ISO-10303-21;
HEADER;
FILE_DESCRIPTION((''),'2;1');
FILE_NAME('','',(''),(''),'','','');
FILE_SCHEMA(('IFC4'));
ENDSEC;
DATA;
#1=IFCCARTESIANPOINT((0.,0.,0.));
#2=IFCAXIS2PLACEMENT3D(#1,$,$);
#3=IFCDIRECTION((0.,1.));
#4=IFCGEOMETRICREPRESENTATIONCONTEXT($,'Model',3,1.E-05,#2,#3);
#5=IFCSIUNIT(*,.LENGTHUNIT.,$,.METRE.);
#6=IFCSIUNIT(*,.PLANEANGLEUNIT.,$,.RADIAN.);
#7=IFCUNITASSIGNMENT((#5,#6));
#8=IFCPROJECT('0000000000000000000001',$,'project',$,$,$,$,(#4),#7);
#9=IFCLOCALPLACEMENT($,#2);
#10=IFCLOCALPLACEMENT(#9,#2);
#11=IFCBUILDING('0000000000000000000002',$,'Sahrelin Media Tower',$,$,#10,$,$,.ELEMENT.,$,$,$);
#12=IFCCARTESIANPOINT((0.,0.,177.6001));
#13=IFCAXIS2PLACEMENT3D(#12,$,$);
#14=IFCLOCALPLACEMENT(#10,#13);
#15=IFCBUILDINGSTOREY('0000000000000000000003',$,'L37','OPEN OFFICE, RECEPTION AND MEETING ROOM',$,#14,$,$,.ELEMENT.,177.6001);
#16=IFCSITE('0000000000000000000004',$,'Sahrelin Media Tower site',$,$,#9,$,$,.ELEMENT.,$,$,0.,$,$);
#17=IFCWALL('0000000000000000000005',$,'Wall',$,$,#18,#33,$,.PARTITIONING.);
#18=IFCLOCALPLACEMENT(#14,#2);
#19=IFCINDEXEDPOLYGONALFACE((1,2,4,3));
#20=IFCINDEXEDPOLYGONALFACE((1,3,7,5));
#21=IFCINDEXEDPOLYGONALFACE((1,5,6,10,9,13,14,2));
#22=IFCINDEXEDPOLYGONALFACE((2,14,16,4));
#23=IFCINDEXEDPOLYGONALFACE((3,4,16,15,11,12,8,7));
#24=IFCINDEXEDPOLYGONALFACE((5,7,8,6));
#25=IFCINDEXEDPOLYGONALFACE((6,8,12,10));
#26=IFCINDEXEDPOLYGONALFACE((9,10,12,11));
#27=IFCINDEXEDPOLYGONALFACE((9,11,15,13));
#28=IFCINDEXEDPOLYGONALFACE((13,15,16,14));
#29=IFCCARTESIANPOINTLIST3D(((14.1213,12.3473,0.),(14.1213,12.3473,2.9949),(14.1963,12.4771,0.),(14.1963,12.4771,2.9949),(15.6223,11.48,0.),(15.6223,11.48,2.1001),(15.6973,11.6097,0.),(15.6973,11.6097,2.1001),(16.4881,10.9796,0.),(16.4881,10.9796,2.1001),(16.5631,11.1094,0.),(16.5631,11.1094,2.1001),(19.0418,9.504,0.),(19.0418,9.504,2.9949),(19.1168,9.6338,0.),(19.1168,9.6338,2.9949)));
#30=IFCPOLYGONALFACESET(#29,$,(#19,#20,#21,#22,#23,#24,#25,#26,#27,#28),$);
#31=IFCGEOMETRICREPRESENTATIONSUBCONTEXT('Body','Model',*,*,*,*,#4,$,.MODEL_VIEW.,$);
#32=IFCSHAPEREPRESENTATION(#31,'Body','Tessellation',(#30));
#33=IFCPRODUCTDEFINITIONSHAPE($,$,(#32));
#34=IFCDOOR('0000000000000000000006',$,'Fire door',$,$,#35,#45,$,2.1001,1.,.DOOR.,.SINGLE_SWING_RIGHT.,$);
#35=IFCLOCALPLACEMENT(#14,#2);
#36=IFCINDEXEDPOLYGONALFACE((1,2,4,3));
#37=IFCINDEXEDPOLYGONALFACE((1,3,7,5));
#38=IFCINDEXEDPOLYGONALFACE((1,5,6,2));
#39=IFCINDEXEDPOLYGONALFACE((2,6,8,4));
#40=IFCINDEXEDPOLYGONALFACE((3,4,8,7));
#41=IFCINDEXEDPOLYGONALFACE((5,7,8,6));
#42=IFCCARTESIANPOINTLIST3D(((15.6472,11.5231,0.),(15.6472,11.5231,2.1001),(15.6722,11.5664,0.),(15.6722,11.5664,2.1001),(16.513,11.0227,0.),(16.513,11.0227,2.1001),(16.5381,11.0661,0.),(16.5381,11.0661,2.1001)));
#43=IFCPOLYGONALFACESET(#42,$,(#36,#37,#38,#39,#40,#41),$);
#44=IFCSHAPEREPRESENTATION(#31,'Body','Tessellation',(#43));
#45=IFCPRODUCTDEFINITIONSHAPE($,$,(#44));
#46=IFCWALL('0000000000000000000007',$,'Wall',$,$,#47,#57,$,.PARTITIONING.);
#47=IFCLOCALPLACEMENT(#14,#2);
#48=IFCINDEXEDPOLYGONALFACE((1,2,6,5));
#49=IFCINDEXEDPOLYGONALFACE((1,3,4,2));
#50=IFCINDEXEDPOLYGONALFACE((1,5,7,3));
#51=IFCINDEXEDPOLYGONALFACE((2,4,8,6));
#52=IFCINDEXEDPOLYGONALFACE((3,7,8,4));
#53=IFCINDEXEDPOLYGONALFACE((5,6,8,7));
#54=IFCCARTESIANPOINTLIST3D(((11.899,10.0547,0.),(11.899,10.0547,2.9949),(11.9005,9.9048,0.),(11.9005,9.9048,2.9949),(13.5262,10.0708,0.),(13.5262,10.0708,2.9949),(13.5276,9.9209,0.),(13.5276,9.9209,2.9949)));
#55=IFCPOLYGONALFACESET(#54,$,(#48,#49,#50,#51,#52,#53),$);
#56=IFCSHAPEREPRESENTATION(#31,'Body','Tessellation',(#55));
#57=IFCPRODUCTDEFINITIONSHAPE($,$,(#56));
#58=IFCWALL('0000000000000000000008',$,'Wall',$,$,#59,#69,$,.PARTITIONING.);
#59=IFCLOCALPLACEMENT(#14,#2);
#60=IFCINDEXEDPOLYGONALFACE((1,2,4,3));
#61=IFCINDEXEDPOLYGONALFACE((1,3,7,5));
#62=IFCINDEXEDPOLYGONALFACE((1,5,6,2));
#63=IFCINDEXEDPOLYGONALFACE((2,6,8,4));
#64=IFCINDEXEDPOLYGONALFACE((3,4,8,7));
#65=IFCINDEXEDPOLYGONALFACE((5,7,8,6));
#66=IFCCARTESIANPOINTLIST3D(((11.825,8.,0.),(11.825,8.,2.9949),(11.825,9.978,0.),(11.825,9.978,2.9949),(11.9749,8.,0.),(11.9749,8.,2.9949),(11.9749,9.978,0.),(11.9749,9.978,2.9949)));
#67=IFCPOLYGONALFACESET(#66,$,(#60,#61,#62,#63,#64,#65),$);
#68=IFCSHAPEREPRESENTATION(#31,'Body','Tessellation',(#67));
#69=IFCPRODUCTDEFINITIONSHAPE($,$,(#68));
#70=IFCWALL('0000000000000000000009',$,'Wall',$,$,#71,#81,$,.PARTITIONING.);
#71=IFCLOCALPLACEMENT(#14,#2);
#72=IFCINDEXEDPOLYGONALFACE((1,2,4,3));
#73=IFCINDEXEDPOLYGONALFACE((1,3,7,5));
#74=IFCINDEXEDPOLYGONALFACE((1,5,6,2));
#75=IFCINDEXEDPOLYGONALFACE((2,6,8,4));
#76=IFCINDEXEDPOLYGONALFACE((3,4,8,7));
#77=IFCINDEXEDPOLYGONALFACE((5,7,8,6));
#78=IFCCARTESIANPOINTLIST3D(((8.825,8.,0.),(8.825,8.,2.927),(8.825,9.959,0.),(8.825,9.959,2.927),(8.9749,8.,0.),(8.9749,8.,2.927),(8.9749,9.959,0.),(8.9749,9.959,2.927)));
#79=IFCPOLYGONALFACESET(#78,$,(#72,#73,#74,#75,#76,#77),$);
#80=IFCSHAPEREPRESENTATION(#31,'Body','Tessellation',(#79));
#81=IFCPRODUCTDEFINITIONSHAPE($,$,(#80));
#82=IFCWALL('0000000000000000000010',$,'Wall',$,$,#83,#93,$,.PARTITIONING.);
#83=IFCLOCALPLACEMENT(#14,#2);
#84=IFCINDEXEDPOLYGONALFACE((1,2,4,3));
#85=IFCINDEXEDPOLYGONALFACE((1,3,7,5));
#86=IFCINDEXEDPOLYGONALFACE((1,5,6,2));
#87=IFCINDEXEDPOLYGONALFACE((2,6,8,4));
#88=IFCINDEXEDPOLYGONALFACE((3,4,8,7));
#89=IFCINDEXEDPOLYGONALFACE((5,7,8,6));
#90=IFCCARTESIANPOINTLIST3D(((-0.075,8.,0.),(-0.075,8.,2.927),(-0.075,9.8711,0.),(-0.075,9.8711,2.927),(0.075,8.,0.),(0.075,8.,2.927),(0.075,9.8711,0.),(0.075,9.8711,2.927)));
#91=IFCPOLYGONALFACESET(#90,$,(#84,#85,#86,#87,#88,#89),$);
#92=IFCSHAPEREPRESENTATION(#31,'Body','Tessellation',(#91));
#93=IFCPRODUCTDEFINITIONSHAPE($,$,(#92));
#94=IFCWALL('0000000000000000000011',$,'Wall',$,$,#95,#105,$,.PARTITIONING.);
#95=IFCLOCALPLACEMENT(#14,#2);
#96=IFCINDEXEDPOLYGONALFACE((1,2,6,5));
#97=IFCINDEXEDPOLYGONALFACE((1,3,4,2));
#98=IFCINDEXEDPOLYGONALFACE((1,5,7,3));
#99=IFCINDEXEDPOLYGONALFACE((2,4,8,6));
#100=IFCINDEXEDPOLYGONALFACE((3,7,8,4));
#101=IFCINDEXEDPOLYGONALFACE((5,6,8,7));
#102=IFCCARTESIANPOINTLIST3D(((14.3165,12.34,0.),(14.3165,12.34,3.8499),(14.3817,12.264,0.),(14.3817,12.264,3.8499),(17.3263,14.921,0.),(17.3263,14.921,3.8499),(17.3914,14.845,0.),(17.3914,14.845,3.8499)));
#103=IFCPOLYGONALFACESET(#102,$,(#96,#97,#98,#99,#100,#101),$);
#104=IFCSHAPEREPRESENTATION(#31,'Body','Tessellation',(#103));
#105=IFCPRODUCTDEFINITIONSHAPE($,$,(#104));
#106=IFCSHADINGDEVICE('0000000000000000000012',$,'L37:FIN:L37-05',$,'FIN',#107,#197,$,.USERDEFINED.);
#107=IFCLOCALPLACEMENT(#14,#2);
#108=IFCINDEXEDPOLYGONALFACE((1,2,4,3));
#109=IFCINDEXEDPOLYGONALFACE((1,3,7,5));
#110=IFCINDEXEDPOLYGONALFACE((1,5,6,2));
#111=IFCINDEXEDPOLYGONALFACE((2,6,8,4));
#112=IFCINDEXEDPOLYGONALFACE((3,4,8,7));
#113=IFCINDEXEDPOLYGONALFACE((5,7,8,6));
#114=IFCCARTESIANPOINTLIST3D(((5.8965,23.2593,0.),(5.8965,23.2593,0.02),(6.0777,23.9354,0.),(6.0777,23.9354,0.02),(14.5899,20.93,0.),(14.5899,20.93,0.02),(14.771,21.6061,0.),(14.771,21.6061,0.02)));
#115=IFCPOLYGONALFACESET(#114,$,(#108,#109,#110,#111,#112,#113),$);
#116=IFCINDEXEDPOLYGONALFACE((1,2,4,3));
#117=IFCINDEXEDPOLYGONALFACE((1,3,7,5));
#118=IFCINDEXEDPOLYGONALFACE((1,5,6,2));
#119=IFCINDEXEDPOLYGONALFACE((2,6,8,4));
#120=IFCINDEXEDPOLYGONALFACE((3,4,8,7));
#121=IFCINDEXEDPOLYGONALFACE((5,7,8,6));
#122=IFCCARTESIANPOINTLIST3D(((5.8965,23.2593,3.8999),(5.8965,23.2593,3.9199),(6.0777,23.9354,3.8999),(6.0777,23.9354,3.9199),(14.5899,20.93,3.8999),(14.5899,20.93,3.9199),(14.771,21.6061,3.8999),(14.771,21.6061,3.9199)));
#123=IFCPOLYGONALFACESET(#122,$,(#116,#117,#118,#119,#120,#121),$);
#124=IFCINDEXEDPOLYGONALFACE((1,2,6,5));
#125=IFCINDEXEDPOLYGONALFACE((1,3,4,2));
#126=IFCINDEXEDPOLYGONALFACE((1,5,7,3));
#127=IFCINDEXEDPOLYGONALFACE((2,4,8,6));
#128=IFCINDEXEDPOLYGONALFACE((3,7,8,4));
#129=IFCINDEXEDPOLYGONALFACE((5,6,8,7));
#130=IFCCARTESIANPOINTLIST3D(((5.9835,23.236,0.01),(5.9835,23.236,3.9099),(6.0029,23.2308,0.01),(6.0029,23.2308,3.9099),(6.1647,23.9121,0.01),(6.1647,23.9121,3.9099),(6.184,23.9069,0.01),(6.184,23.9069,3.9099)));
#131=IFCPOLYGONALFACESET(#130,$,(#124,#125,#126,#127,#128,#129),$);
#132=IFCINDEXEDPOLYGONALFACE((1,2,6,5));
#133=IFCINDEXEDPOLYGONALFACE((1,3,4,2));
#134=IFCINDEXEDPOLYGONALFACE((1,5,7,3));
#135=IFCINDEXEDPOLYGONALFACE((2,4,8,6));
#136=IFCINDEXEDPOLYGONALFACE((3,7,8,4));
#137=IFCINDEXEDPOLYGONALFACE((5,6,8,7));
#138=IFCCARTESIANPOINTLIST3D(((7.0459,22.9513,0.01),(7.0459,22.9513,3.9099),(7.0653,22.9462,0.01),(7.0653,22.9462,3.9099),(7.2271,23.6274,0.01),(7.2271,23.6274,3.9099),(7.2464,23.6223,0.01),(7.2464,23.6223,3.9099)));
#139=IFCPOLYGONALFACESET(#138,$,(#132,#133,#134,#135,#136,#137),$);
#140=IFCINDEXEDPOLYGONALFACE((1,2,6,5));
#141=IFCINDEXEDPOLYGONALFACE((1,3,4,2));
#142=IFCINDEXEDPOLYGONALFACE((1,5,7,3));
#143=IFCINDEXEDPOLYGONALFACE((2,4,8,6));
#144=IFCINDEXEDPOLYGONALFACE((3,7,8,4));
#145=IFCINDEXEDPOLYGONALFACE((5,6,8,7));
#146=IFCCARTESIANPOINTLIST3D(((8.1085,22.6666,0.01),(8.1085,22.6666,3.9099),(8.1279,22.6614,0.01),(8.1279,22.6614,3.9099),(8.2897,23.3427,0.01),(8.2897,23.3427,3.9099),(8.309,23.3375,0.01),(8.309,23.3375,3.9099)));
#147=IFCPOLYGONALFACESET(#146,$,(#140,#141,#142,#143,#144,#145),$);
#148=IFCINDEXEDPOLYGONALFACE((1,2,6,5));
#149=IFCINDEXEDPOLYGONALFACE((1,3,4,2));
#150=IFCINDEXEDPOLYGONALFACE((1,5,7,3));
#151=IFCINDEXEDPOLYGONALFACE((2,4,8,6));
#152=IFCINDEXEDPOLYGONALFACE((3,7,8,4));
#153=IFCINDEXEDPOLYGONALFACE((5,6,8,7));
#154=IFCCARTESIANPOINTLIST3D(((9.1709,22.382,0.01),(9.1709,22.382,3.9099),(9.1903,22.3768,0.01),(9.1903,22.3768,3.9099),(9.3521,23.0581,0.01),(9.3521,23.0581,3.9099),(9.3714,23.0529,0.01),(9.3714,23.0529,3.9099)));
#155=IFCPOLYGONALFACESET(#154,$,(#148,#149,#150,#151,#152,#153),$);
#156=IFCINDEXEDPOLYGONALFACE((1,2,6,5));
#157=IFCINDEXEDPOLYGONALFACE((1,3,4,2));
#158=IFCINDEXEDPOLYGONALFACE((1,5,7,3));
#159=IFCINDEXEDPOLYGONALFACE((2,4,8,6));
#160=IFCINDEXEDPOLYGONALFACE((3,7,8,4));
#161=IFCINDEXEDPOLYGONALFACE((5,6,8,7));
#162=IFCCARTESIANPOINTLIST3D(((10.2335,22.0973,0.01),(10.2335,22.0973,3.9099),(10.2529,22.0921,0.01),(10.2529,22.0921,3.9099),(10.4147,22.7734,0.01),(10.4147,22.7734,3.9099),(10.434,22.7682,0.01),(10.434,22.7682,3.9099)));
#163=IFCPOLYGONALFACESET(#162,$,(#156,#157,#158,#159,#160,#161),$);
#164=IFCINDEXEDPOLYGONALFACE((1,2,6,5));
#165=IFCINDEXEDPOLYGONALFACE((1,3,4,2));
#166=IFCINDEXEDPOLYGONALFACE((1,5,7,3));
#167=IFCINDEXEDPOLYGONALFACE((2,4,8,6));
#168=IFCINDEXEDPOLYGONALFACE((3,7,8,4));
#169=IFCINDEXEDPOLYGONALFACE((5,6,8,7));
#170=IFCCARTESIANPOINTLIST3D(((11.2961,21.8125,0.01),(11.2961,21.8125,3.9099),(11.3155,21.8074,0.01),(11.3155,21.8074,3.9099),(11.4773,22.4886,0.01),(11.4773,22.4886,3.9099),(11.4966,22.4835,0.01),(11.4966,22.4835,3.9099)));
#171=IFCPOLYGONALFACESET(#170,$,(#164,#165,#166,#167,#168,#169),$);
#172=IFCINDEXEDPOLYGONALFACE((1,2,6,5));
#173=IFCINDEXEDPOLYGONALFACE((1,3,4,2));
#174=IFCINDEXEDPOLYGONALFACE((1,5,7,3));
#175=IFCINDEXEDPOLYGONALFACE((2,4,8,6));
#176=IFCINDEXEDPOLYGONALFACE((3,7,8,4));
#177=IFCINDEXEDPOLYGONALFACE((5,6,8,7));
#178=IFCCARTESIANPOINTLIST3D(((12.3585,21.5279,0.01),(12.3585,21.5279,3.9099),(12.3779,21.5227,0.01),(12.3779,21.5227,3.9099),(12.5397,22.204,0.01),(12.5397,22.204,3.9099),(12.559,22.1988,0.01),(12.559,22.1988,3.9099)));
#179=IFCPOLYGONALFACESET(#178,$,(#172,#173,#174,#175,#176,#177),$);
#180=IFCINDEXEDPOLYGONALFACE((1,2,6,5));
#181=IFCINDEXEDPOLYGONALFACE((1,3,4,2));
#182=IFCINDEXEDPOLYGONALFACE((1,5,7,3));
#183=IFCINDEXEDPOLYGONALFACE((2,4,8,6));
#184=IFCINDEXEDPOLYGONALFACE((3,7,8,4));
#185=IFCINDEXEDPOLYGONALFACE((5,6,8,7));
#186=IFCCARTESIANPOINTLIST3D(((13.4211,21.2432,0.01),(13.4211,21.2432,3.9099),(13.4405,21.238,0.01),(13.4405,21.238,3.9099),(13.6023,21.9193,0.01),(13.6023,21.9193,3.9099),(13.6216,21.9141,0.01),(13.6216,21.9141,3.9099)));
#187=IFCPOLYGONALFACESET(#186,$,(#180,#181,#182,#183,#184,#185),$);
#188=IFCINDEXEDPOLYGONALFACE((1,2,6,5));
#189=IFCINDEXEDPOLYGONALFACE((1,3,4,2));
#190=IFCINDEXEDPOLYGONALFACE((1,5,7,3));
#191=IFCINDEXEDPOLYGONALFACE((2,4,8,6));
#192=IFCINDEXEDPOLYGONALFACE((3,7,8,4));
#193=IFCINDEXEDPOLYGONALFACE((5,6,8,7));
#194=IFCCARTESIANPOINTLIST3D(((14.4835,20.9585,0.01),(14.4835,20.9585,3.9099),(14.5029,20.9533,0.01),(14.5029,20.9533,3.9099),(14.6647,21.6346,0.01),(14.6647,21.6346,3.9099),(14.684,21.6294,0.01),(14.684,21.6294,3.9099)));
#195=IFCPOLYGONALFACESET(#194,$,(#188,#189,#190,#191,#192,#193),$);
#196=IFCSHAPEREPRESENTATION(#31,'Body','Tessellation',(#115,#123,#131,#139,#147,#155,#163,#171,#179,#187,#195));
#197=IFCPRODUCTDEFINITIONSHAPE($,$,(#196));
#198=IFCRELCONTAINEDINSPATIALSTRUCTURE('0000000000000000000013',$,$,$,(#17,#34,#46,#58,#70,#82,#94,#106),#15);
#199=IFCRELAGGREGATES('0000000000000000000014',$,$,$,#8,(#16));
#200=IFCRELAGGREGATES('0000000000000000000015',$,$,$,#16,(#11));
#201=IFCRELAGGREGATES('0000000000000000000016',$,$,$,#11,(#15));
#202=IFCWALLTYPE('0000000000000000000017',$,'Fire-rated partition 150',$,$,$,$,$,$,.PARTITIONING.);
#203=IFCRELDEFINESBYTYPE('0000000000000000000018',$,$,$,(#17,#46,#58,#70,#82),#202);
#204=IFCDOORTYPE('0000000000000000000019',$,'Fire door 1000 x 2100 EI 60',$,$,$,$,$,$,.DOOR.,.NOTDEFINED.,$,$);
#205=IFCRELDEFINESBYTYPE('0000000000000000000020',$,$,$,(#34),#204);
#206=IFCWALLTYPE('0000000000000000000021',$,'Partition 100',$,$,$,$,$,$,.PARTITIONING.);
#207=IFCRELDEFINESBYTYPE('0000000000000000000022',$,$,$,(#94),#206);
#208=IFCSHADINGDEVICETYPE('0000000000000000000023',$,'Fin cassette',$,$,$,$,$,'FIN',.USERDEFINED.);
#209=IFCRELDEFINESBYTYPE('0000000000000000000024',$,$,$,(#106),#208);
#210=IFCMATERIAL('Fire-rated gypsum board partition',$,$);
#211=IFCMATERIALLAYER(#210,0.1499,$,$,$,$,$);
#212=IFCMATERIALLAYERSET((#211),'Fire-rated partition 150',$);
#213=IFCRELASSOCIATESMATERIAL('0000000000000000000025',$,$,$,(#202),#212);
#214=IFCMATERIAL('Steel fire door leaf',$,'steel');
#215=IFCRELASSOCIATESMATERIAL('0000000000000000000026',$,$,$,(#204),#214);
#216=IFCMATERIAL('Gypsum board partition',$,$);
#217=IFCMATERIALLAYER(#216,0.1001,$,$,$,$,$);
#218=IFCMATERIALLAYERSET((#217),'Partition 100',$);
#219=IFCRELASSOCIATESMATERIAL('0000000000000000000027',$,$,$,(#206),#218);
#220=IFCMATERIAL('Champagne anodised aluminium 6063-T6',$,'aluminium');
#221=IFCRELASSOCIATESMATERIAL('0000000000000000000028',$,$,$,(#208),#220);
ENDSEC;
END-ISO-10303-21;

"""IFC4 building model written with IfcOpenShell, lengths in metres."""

from ifc_helpers import new_model, si_unit, direction, frame, frame_2d, origin, origin_2d, place, context, subcontext, project, spatial, rectangle, extrude, material, layer, layer_set, type_object, element, fill, save


model = new_model("IFC4")

# Units and contexts
model_context = context("Model", 3, precision=1e-05, world=origin(), true_north=direction((0.0, 1.0)))
body_context = subcontext(model_context, "Body", "Model", "MODEL_VIEW")
ifc_project = project(units=[si_unit("LENGTHUNIT", "METRE"), si_unit("PLANEANGLEUNIT", "RADIAN")], contexts=[model_context])

# Site, building, storey
site_placement = place(None, origin())
site = spatial("IfcSite", under=ifc_project, at=site_placement, Name="Sahrelin Media Tower site", CompositionType="ELEMENT", RefElevation=0.0)
building_placement = place(site_placement, origin())
building = spatial("IfcBuilding", under=site, at=building_placement, Name="Sahrelin Media Tower", CompositionType="ELEMENT")
storey_placement = place(building_placement, frame((0.0, 0.0, 177.6001)))
storey = spatial("IfcBuildingStorey", under=building, at=storey_placement, Name="L37", Description="OPEN OFFICE, RECEPTION AND MEETING ROOM", CompositionType="ELEMENT", Elevation=177.6001)

# Shared definitions
ifc_material_1 = material(Name="Champagne anodised aluminium 6063-T6", Category="aluminium")

# Shared definitions
ifc_material_2 = material(Name="Fire-rated gypsum board partition")
ifc_layer_1 = layer(ifc_material_2, 0.1499)
ifc_layer_set_1 = layer_set([ifc_layer_1], Name="Fire-rated partition 150")
wall_type_1 = type_object("IfcWallType", Name="Fire-rated partition 150", PredefinedType="PARTITIONING", material=ifc_layer_set_1)

# Wall, opening, door
wall_1_placement = place(storey_placement, frame((14.1589, 12.4121, 0.0), z_axis=(0.0, 0.0, 1.0), x_axis=(0.865838, -0.500325, 0.0)))
wall_1 = element("IfcWall", 1, at=wall_1_placement, inside=storey, type_object=wall_type_1, Name="Wall", PredefinedType="PARTITIONING", context=body_context, shape_type="SweptSolid", body=[
    extrude(rectangle(XDim=5.6829, YDim=0.1499, at=frame_2d((2.8413, 0.0))), origin(), (0.0, 0.0, 1.0), 2.9949),
])
opening_placement = place(wall_1_placement, frame((1.7334, 0.0, 0.0)))
opening = element("IfcOpeningElement", 2, at=opening_placement, cuts=wall_1, PredefinedType="OPENING", context=body_context, shape_type="SweptSolid", body=[
    extrude(rectangle(XDim=1.0, YDim=2.1001, at=frame_2d((0.5, 1.05))), frame((0.0, 0.075, 0.0), z_axis=(0.0, -1.0, 0.0), x_axis=(1.0, 0.0, 0.0)), (0.0, 0.0, 1.0), 0.1499),
])
ifc_material_3 = material(Name="Steel fire door leaf", Category="steel")
door_type = type_object("IfcDoorType", Name="Fire door 1000 x 2100 EI 60", OperationType="NOTDEFINED", PredefinedType="DOOR", material=ifc_material_3)
door_placement = place(opening_placement, origin())
door = element("IfcDoor", 3, at=door_placement, inside=storey, type_object=door_type, Name="Fire door", OperationType="SINGLE_SWING_RIGHT", OverallHeight=2.1001, OverallWidth=1.0, PredefinedType="DOOR", context=body_context, shape_type="SweptSolid", body=[
    extrude(rectangle(XDim=1.0, YDim=2.1001, at=frame_2d((0.5, 1.05))), frame((0.0, 0.0249, 0.0), z_axis=(0.0, -1.0, 0.0), x_axis=(1.0, 0.0, 0.0)), (0.0, 0.0, 1.0), 0.05),
])
fill(opening, door)

# Walls
wall_2_placement = place(storey_placement, frame((11.8999, 9.9797, 0.0), z_axis=(0.0, 0.0, 1.0), x_axis=(0.999951, 0.009902, 0.0)))
element("IfcWall", 4, at=wall_2_placement, inside=storey, type_object=wall_type_1, Name="Wall", PredefinedType="PARTITIONING", context=body_context, shape_type="SweptSolid", body=[
    extrude(rectangle(XDim=1.6272, YDim=0.1499, at=frame_2d((0.8135, 0.0))), origin(), (0.0, 0.0, 1.0), 2.9949),
])
wall_3_placement = place(storey_placement, frame((11.8999, 8.0, 0.0), z_axis=(0.0, 0.0, 1.0), x_axis=(0.0, 1.0, 0.0)))
element("IfcWall", 5, at=wall_3_placement, inside=storey, type_object=wall_type_1, Name="Wall", PredefinedType="PARTITIONING", context=body_context, shape_type="SweptSolid", body=[
    extrude(rectangle(XDim=1.978, YDim=0.1499, at=frame_2d((0.989, 0.0))), origin(), (0.0, 0.0, 1.0), 2.9949),
])
wall_4_placement = place(storey_placement, frame((8.8999, 8.0, 0.0), z_axis=(0.0, 0.0, 1.0), x_axis=(0.0, 1.0, 0.0)))
element("IfcWall", 6, at=wall_4_placement, inside=storey, type_object=wall_type_1, Name="Wall", PredefinedType="PARTITIONING", context=body_context, shape_type="SweptSolid", body=[
    extrude(rectangle(XDim=1.959, YDim=0.1499, at=frame_2d((0.9795, 0.0))), origin(), (0.0, 0.0, 1.0), 2.927),
])
wall_5_placement = place(storey_placement, frame((0.0, 8.0, 0.0), z_axis=(0.0, 0.0, 1.0), x_axis=(0.0, 1.0, 0.0)))
element("IfcWall", 7, at=wall_5_placement, inside=storey, type_object=wall_type_1, Name="Wall", PredefinedType="PARTITIONING", context=body_context, shape_type="SweptSolid", body=[
    extrude(rectangle(XDim=1.8711, YDim=0.1499, at=frame_2d((0.9355, 0.0))), origin(), (0.0, 0.0, 1.0), 2.927),
])
ifc_material_4 = material(Name="Gypsum board partition")
ifc_layer_2 = layer(ifc_material_4, 0.1001)
ifc_layer_set_2 = layer_set([ifc_layer_2], Name="Partition 100")
wall_type_2 = type_object("IfcWallType", Name="Partition 100", PredefinedType="PARTITIONING", material=ifc_layer_set_2)
wall_6_placement = place(storey_placement, frame((14.3491, 12.302, 0.0), z_axis=(0.0, 0.0, 1.0), x_axis=(0.7591, 0.650974, 0.0)))
element("IfcWall", 8, at=wall_6_placement, inside=storey, type_object=wall_type_2, Name="Wall", PredefinedType="PARTITIONING", context=body_context, shape_type="SweptSolid", body=[
    extrude(rectangle(XDim=3.9648, YDim=0.1001, at=frame_2d((1.9824, 0.0))), origin(), (0.0, 0.0, 1.0), 3.8499),
])

# Shading device
shading_device_type_1 = type_object("IfcShadingDeviceType", Name="Fin cassette", ElementType="FIN", PredefinedType="USERDEFINED", material=ifc_material_1)
placement = place(storey_placement, frame((10.2251, 22.0271, 0.0), z_axis=(0.0, 0.0, 1.0), x_axis=(0.965929, -0.258808, 0.0)))
element("IfcShadingDevice", 9, at=placement, inside=storey, type_object=shading_device_type_1, Name="L37:FIN:L37-05", ObjectType="FIN", PredefinedType="USERDEFINED", context=body_context, shape_type="SweptSolid", body=[
    extrude(rectangle(XDim=9.0, YDim=0.7, at=origin_2d()), frame((0.0, 0.4199, 0.0)), (0.0, 0.0, 1.0), 0.02),
    extrude(rectangle(XDim=9.0, YDim=0.7, at=origin_2d()), frame((0.0, 0.4199, 3.8999)), (0.0, 0.0, 1.0), 0.02),
    extrude(rectangle(XDim=0.02, YDim=0.7, at=origin_2d()), frame((-4.3999, 0.4199, 0.01), z_axis=(0.0, 0.0, 1.0), x_axis=(1.0, 0.0, 0.0)), (0.0, 0.0, 1.0), 3.8999),
    extrude(rectangle(XDim=0.02, YDim=0.7, at=origin_2d()), frame((-3.3, 0.4199, 0.01), z_axis=(0.0, 0.0, 1.0), x_axis=(1.0, 0.0, 0.0)), (0.0, 0.0, 1.0), 3.8999),
    extrude(rectangle(XDim=0.02, YDim=0.7, at=origin_2d()), frame((-2.2, 0.4199, 0.01), z_axis=(0.0, 0.0, 1.0), x_axis=(1.0, 0.0, 0.0)), (0.0, 0.0, 1.0), 3.8999),
    extrude(rectangle(XDim=0.02, YDim=0.7, at=origin_2d()), frame((-1.1001, 0.4199, 0.01), z_axis=(0.0, 0.0, 1.0), x_axis=(1.0, 0.0, 0.0)), (0.0, 0.0, 1.0), 3.8999),
    extrude(rectangle(XDim=0.02, YDim=0.7, at=origin_2d()), frame((0.0, 0.4199, 0.01), z_axis=(0.0, 0.0, 1.0), x_axis=(1.0, 0.0, 0.0)), (0.0, 0.0, 1.0), 3.8999),
    extrude(rectangle(XDim=0.02, YDim=0.7, at=origin_2d()), frame((1.1001, 0.4199, 0.01), z_axis=(0.0, 0.0, 1.0), x_axis=(1.0, 0.0, 0.0)), (0.0, 0.0, 1.0), 3.8999),
    extrude(rectangle(XDim=0.02, YDim=0.7, at=origin_2d()), frame((2.2, 0.4199, 0.01), z_axis=(0.0, 0.0, 1.0), x_axis=(1.0, 0.0, 0.0)), (0.0, 0.0, 1.0), 3.8999),
    extrude(rectangle(XDim=0.02, YDim=0.7, at=origin_2d()), frame((3.3, 0.4199, 0.01), z_axis=(0.0, 0.0, 1.0), x_axis=(1.0, 0.0, 0.0)), (0.0, 0.0, 1.0), 3.8999),
    extrude(rectangle(XDim=0.02, YDim=0.7, at=origin_2d()), frame((4.3999, 0.4199, 0.01), z_axis=(0.0, 0.0, 1.0), x_axis=(1.0, 0.0, 0.0)), (0.0, 0.0, 1.0), 3.8999),
])

save(model, "model.ifc")
